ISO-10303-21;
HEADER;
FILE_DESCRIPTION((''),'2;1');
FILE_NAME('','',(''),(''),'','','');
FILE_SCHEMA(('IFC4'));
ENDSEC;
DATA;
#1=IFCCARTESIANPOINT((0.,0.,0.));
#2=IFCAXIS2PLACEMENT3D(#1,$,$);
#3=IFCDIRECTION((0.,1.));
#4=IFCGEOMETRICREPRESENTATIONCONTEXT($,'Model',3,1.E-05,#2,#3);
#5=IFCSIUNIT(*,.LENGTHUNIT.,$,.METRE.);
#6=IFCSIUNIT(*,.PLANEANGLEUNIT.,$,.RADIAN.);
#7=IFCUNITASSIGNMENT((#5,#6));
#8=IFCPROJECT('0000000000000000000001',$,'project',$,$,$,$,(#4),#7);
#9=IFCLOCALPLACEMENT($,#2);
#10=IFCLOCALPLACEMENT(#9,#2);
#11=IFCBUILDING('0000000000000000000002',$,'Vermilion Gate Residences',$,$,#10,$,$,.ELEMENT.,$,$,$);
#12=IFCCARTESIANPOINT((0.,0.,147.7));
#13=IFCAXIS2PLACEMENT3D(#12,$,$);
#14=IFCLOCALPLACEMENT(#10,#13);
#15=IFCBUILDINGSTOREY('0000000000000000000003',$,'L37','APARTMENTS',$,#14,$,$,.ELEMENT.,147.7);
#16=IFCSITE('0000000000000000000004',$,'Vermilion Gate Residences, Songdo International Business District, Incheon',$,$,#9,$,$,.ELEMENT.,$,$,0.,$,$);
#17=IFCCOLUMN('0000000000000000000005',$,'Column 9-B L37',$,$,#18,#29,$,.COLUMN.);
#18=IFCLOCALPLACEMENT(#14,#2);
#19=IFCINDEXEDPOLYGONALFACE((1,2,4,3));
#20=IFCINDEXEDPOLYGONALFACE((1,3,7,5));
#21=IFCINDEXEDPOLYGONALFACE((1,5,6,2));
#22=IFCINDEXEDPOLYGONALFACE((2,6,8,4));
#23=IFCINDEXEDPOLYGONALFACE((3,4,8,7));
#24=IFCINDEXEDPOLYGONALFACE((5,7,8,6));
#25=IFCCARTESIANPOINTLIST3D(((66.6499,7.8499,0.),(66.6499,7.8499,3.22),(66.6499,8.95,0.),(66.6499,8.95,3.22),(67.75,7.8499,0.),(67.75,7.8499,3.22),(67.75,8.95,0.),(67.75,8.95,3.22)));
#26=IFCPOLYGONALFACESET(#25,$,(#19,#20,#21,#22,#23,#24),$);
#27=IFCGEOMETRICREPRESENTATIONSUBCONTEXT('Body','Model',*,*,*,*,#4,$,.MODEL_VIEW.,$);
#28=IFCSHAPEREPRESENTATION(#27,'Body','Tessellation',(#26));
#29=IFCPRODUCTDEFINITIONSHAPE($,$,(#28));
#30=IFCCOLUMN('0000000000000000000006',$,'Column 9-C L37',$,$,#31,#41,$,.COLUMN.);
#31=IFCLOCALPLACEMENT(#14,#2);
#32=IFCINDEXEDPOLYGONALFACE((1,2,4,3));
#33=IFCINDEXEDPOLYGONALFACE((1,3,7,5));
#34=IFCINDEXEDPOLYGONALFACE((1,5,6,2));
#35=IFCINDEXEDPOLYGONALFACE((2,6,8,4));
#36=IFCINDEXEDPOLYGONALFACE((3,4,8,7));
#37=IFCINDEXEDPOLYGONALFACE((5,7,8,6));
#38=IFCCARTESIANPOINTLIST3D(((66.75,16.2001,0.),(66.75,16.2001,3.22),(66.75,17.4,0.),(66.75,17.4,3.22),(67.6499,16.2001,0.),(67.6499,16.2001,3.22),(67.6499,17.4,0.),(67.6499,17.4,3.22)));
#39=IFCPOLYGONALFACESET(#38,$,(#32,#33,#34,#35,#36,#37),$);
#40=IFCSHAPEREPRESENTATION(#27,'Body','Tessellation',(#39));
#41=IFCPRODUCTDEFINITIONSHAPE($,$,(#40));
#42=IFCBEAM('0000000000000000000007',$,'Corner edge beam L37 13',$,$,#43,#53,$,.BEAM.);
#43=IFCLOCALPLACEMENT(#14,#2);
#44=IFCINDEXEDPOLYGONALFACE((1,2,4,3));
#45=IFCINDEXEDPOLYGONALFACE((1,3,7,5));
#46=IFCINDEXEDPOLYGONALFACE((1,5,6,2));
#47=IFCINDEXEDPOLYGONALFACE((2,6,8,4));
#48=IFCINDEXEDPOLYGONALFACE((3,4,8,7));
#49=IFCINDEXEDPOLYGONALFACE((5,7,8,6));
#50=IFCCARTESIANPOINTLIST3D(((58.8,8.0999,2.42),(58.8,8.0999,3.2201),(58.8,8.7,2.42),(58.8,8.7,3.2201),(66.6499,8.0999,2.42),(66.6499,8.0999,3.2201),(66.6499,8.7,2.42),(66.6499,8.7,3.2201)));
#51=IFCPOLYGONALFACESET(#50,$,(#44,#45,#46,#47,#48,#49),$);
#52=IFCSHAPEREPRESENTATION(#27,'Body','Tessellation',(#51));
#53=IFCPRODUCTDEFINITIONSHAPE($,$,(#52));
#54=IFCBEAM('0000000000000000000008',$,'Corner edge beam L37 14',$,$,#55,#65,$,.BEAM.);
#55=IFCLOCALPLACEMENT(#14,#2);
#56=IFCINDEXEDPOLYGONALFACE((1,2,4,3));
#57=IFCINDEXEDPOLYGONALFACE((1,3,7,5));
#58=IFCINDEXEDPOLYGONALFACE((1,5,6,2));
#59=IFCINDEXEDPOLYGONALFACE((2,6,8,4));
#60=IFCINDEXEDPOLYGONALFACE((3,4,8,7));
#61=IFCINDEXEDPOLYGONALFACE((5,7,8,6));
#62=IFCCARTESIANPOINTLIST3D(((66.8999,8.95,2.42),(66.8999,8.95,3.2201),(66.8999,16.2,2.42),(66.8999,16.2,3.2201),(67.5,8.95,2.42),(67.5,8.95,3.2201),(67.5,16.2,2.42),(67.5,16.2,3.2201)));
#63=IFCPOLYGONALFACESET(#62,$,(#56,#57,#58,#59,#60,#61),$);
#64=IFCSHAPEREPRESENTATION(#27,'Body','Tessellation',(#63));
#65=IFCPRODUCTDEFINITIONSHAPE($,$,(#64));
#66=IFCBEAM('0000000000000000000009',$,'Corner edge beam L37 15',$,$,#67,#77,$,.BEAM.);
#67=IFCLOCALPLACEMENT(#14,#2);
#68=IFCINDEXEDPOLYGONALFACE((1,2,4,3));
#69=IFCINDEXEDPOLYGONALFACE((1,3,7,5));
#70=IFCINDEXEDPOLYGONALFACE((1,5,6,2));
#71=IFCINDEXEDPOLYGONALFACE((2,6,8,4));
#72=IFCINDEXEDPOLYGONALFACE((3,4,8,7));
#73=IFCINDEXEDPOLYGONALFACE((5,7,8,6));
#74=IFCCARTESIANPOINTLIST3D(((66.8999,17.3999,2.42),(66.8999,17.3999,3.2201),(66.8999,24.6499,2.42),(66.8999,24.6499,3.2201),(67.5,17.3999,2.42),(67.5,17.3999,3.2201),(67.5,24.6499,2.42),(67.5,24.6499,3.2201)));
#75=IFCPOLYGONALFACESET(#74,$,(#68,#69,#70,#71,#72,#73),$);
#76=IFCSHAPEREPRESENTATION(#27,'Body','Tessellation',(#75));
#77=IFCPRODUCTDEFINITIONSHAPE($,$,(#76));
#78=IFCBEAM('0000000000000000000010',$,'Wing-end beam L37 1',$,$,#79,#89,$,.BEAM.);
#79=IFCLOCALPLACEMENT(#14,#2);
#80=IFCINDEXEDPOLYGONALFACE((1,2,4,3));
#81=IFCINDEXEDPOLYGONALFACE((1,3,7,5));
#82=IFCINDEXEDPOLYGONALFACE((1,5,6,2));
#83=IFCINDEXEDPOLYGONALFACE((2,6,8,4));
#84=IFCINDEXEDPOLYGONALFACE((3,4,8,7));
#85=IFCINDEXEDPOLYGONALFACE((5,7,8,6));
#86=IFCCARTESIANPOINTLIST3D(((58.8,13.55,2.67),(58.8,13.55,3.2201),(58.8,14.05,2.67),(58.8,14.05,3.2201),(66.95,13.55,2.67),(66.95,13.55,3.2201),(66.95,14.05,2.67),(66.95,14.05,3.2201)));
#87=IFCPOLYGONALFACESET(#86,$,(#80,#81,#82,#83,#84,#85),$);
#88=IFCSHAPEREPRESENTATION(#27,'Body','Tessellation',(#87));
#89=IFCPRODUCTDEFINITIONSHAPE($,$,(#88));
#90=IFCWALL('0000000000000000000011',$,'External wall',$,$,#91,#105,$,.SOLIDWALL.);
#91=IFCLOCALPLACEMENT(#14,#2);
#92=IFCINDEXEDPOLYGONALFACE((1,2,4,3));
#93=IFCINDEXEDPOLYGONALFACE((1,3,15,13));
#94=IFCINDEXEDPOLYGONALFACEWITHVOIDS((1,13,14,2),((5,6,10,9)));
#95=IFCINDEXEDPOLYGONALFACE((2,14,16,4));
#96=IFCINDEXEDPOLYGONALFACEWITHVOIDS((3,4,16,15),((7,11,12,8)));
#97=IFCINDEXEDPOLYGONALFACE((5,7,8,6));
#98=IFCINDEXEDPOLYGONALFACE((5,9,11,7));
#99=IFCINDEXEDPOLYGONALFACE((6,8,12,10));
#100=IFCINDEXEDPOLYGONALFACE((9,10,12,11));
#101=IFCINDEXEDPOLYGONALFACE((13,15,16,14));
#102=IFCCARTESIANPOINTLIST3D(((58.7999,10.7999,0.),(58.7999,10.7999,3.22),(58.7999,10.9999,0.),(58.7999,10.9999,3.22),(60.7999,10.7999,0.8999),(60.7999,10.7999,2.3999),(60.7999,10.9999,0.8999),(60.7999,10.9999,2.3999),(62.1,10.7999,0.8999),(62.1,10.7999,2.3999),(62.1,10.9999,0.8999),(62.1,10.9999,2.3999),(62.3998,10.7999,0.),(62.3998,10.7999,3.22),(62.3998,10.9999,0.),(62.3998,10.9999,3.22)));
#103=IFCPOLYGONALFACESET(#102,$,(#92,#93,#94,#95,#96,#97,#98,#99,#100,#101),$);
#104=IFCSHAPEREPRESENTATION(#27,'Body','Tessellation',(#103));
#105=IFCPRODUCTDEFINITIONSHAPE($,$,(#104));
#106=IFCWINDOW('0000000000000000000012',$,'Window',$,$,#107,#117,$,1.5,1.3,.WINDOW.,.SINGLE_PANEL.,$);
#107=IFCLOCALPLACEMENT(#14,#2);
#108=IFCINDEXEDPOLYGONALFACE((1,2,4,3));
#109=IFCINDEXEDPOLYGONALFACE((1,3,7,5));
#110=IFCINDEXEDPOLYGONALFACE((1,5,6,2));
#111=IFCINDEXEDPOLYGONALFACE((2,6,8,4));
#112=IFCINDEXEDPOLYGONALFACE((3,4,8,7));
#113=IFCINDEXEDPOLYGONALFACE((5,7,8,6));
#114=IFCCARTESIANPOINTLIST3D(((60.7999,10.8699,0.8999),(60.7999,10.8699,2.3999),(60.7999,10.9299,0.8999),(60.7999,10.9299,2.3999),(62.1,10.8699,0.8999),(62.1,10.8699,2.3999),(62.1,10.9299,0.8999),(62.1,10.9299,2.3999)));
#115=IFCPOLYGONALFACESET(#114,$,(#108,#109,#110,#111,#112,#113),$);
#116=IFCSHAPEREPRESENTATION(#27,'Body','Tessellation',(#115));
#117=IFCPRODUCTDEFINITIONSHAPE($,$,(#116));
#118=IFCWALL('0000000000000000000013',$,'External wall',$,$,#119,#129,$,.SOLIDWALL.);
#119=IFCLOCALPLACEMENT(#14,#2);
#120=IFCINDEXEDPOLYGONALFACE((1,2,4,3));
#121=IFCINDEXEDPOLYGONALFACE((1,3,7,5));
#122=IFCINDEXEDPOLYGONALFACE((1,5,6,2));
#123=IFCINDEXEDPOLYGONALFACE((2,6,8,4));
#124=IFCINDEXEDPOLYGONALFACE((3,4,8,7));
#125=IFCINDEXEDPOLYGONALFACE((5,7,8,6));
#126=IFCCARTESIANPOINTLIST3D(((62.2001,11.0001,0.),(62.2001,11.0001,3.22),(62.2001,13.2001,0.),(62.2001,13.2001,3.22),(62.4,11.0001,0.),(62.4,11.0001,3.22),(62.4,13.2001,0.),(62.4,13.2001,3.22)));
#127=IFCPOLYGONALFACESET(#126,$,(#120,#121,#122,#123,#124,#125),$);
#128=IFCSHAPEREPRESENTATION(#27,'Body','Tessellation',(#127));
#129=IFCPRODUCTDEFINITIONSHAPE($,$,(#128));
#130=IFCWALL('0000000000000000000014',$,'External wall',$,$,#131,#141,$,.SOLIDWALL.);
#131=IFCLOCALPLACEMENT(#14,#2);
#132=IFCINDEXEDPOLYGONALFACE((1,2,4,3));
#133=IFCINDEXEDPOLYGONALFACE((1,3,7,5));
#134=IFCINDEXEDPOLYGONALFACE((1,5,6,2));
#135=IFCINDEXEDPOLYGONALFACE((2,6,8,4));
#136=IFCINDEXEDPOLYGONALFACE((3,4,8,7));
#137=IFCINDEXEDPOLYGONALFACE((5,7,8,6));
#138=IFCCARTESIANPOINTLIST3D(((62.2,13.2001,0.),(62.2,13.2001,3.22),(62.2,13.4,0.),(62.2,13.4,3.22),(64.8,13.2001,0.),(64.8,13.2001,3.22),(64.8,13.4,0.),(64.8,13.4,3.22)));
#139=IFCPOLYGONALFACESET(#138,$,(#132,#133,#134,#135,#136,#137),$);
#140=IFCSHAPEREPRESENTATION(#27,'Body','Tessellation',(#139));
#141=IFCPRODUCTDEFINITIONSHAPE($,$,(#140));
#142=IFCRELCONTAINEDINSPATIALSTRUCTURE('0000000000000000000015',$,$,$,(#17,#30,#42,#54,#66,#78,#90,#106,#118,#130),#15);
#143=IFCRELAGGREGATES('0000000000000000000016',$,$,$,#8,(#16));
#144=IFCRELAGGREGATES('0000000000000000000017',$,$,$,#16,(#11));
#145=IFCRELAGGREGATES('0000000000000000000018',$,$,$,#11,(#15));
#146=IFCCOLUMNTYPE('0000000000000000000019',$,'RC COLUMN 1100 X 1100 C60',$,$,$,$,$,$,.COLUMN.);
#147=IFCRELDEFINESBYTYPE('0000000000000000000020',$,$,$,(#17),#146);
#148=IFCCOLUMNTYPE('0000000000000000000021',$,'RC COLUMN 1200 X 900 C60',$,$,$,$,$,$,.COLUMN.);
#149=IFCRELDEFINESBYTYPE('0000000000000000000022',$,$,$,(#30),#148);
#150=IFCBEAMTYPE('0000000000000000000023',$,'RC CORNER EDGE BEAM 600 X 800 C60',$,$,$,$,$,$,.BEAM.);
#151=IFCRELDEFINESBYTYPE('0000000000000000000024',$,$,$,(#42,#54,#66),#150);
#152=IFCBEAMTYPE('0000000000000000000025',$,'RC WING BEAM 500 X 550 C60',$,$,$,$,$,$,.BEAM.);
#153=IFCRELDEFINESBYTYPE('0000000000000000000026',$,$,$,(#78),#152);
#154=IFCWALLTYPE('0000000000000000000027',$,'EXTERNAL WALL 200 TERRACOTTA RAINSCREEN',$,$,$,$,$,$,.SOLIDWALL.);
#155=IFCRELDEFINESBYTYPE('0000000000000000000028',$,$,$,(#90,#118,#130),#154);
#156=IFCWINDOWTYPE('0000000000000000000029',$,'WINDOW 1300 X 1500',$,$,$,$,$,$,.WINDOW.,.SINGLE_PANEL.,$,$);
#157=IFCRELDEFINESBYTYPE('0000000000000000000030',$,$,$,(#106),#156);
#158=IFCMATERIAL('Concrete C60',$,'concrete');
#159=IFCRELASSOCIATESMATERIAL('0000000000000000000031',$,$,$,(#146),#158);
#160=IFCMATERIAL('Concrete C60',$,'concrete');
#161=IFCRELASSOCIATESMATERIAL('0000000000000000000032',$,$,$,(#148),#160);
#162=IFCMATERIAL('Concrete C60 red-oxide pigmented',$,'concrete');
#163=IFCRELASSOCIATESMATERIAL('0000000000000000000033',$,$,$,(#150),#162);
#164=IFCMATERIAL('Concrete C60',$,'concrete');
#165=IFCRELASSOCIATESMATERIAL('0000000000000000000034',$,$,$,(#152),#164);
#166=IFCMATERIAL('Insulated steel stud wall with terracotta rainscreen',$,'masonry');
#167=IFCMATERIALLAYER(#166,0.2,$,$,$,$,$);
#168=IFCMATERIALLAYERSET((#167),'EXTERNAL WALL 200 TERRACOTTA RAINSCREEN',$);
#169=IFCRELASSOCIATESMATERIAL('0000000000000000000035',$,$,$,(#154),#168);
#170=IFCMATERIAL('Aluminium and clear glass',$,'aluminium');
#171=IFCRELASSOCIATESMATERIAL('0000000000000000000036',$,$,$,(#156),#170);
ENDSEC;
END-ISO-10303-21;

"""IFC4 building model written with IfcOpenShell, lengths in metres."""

from ifc_helpers import new_model, si_unit, direction, frame, frame_2d, origin, origin_2d, place, context, subcontext, project, spatial, rectangle, extrude, material, layer, layer_set, material_profile, profile_set, type_object, element, fill, save


model = new_model("IFC4")

# Units and contexts
model_context = context("Model", 3, precision=1e-05, world=origin(), true_north=direction((0.0, 1.0)))
body_context = subcontext(model_context, "Body", "Model", "MODEL_VIEW")
ifc_project = project(units=[si_unit("LENGTHUNIT", "METRE"), si_unit("PLANEANGLEUNIT", "RADIAN")], contexts=[model_context])

# Site, building, storey
site_placement = place(None, origin())
site = spatial("IfcSite", under=ifc_project, at=site_placement, Name="Vermilion Gate Residences, Songdo International Business District, Incheon", CompositionType="ELEMENT", RefElevation=0.0)
building_placement = place(site_placement, origin())
building = spatial("IfcBuilding", under=site, at=building_placement, Name="Vermilion Gate Residences", CompositionType="ELEMENT")
storey_placement = place(building_placement, frame((0.0, 0.0, 147.7)))
storey = spatial("IfcBuildingStorey", under=building, at=storey_placement, Name="L37", Description="APARTMENTS", CompositionType="ELEMENT", Elevation=147.7)

# Columns
ifc_material_1 = material(Name="Concrete C60", Category="concrete")
ifc_material_profile_1 = material_profile(ifc_material_1, rectangle(XDim=1.1001, YDim=1.1001, at=origin_2d()), Name="RC-1100x1100")
ifc_profile_set_1 = profile_set([ifc_material_profile_1], Name="Concrete C60")
column_type_1 = type_object("IfcColumnType", Name="RC COLUMN 1100 X 1100 C60", PredefinedType="COLUMN", material=ifc_profile_set_1)
column_1_placement = place(storey_placement, frame((67.2, 8.3999, 0.0), z_axis=(0.0, 0.0, 1.0), x_axis=(1.0, 0.0, 0.0)))
element("IfcColumn", 1, at=column_1_placement, inside=storey, type_object=column_type_1, Name="Column 9-B L37", PredefinedType="COLUMN", context=body_context, shape_type="SweptSolid", body=[
    extrude(rectangle(XDim=1.1001, YDim=1.1001, at=origin_2d()), origin(), (0.0, 0.0, 1.0), 3.22),
])
ifc_material_2 = material(Name="Concrete C60", Category="concrete")
ifc_material_profile_2 = material_profile(ifc_material_2, rectangle(XDim=1.2, YDim=0.8999, at=origin_2d()), Name="RC-1200x900")
ifc_profile_set_2 = profile_set([ifc_material_profile_2], Name="Concrete C60")
column_type_2 = type_object("IfcColumnType", Name="RC COLUMN 1200 X 900 C60", PredefinedType="COLUMN", material=ifc_profile_set_2)
column_2_placement = place(storey_placement, frame((67.2, 16.8, 0.0), z_axis=(0.0, 0.0, 1.0), x_axis=(0.0, 1.0, 0.0)))
element("IfcColumn", 2, at=column_2_placement, inside=storey, type_object=column_type_2, Name="Column 9-C L37", PredefinedType="COLUMN", context=body_context, shape_type="SweptSolid", body=[
    extrude(rectangle(XDim=1.2, YDim=0.8999, at=origin_2d()), origin(), (0.0, 0.0, 1.0), 3.22),
])

# Beams
ifc_material_3 = material(Name="Concrete C60 red-oxide pigmented", Category="concrete")
ifc_material_profile_3 = material_profile(ifc_material_3, rectangle(XDim=0.6001, YDim=0.8, at=origin_2d()), Name="RC-600x800")
ifc_profile_set_3 = profile_set([ifc_material_profile_3], Name="Concrete C60 red-oxide pigmented")
beam_type_1 = type_object("IfcBeamType", Name="RC CORNER EDGE BEAM 600 X 800 C60", PredefinedType="BEAM", material=ifc_profile_set_3)
beam_1_placement = place(storey_placement, frame((58.8, 8.3999, 2.8201), z_axis=(1.0, 0.0, 0.0), x_axis=(0.0, 1.0, 0.0)))
element("IfcBeam", 3, at=beam_1_placement, inside=storey, type_object=beam_type_1, Name="Corner edge beam L37 13", PredefinedType="BEAM", context=body_context, shape_type="SweptSolid", body=[
    extrude(rectangle(XDim=0.6001, YDim=0.8, at=origin_2d()), origin(), (0.0, 0.0, 1.0), 7.8499),
])
for number, where, z_axis, x_axis, name in (
    (4, (67.2, 8.95, 2.8201), (0.0, 1.0, 0.0), (-1.0, 0.0, 0.0), "Corner edge beam L37 14"),
    (5, (67.2, 17.3999, 2.8201), (0.0, 1.0, 0.0), (-1.0, 0.0, 0.0), "Corner edge beam L37 15"),
):
    element("IfcBeam", number, at=place(storey_placement, frame(where, z_axis=z_axis, x_axis=x_axis)), inside=storey, type_object=beam_type_1, Name=name, PredefinedType="BEAM", context=body_context, shape_type="SweptSolid", body=[
        extrude(rectangle(XDim=0.6001, YDim=0.8, at=origin_2d()), origin(), (0.0, 0.0, 1.0), 7.25),
    ])
ifc_material_4 = material(Name="Concrete C60", Category="concrete")
ifc_material_profile_4 = material_profile(ifc_material_4, rectangle(XDim=0.5, YDim=0.55, at=origin_2d()), Name="RC-500x550")
ifc_profile_set_4 = profile_set([ifc_material_profile_4], Name="Concrete C60")
beam_type_2 = type_object("IfcBeamType", Name="RC WING BEAM 500 X 550 C60", PredefinedType="BEAM", material=ifc_profile_set_4)
beam_2_placement = place(storey_placement, frame((58.8, 13.8, 2.9451), z_axis=(1.0, 0.0, 0.0), x_axis=(0.0, 1.0, 0.0)))
element("IfcBeam", 6, at=beam_2_placement, inside=storey, type_object=beam_type_2, Name="Wing-end beam L37 1", PredefinedType="BEAM", context=body_context, shape_type="SweptSolid", body=[
    extrude(rectangle(XDim=0.5, YDim=0.55, at=origin_2d()), origin(), (0.0, 0.0, 1.0), 8.1499),
])

# Wall, opening, window
ifc_material_5 = material(Name="Insulated steel stud wall with terracotta rainscreen", Category="masonry")
ifc_layer_1 = layer(ifc_material_5, 0.2)
ifc_layer_set_1 = layer_set([ifc_layer_1], Name="EXTERNAL WALL 200 TERRACOTTA RAINSCREEN")
wall_type_1 = type_object("IfcWallType", Name="EXTERNAL WALL 200 TERRACOTTA RAINSCREEN", PredefinedType="SOLIDWALL", material=ifc_layer_set_1)
wall_1_placement = place(storey_placement, frame((58.8, 10.8999, 0.0), z_axis=(0.0, 0.0, 1.0), x_axis=(1.0, 0.0, 0.0)))
wall_1 = element("IfcWall", 7, at=wall_1_placement, inside=storey, type_object=wall_type_1, Name="External wall", PredefinedType="SOLIDWALL", context=body_context, shape_type="SweptSolid", body=[
    extrude(rectangle(XDim=3.5999, YDim=0.2, at=frame_2d((1.7998, 0.0))), origin(), (0.0, 0.0, 1.0), 3.22),
])
opening_1_placement = place(wall_1_placement, frame((2.0, 0.0, 0.8999)))
opening_1 = element("IfcOpeningElement", 8, at=opening_1_placement, cuts=wall_1, PredefinedType="OPENING", context=body_context, shape_type="SweptSolid", body=[
    extrude(rectangle(XDim=1.3, YDim=1.5, at=frame_2d((0.6499, 0.75))), frame((0.0, 0.1099, 0.0), z_axis=(0.0, -1.0, 0.0), x_axis=(1.0, 0.0, 0.0)), (0.0, 0.0, 1.0), 0.22),
])
ifc_material_6 = material(Name="Aluminium and clear glass", Category="aluminium")
window_type_1 = type_object("IfcWindowType", Name="WINDOW 1300 X 1500", PartitioningType="SINGLE_PANEL", PredefinedType="WINDOW", material=ifc_material_6)
window_1_placement = place(opening_1_placement, origin())
window_1 = element("IfcWindow", 9, at=window_1_placement, inside=storey, type_object=window_type_1, Name="Window", OverallHeight=1.5, OverallWidth=1.3, PartitioningType="SINGLE_PANEL", PredefinedType="WINDOW", context=body_context, shape_type="SweptSolid", body=[
    extrude(rectangle(XDim=1.3, YDim=1.5, at=frame_2d((0.6499, 0.75))), frame((0.0, 0.03, 0.0), z_axis=(0.0, -1.0, 0.0), x_axis=(1.0, 0.0, 0.0)), (0.0, 0.0, 1.0), 0.0601),
])
fill(opening_1, window_1)

# Walls
wall_2_placement = place(storey_placement, frame((62.3, 11.0, 0.0), z_axis=(0.0, 0.0, 1.0), x_axis=(0.0, 1.0, 0.0)))
element("IfcWall", 10, at=wall_2_placement, inside=storey, type_object=wall_type_1, Name="External wall", PredefinedType="SOLIDWALL", context=body_context, shape_type="SweptSolid", body=[
    extrude(rectangle(XDim=2.2, YDim=0.2, at=frame_2d((1.1001, 0.0))), origin(), (0.0, 0.0, 1.0), 3.22),
])
wall_3_placement = place(storey_placement, frame((62.2, 13.3, 0.0), z_axis=(0.0, 0.0, 1.0), x_axis=(1.0, 0.0, 0.0)))
element("IfcWall", 11, at=wall_3_placement, inside=storey, type_object=wall_type_1, Name="External wall", PredefinedType="SOLIDWALL", context=body_context, shape_type="SweptSolid", body=[
    extrude(rectangle(XDim=2.6001, YDim=0.2, at=frame_2d((1.3, 0.0))), origin(), (0.0, 0.0, 1.0), 3.22),
])

save(model, "model.ifc")
